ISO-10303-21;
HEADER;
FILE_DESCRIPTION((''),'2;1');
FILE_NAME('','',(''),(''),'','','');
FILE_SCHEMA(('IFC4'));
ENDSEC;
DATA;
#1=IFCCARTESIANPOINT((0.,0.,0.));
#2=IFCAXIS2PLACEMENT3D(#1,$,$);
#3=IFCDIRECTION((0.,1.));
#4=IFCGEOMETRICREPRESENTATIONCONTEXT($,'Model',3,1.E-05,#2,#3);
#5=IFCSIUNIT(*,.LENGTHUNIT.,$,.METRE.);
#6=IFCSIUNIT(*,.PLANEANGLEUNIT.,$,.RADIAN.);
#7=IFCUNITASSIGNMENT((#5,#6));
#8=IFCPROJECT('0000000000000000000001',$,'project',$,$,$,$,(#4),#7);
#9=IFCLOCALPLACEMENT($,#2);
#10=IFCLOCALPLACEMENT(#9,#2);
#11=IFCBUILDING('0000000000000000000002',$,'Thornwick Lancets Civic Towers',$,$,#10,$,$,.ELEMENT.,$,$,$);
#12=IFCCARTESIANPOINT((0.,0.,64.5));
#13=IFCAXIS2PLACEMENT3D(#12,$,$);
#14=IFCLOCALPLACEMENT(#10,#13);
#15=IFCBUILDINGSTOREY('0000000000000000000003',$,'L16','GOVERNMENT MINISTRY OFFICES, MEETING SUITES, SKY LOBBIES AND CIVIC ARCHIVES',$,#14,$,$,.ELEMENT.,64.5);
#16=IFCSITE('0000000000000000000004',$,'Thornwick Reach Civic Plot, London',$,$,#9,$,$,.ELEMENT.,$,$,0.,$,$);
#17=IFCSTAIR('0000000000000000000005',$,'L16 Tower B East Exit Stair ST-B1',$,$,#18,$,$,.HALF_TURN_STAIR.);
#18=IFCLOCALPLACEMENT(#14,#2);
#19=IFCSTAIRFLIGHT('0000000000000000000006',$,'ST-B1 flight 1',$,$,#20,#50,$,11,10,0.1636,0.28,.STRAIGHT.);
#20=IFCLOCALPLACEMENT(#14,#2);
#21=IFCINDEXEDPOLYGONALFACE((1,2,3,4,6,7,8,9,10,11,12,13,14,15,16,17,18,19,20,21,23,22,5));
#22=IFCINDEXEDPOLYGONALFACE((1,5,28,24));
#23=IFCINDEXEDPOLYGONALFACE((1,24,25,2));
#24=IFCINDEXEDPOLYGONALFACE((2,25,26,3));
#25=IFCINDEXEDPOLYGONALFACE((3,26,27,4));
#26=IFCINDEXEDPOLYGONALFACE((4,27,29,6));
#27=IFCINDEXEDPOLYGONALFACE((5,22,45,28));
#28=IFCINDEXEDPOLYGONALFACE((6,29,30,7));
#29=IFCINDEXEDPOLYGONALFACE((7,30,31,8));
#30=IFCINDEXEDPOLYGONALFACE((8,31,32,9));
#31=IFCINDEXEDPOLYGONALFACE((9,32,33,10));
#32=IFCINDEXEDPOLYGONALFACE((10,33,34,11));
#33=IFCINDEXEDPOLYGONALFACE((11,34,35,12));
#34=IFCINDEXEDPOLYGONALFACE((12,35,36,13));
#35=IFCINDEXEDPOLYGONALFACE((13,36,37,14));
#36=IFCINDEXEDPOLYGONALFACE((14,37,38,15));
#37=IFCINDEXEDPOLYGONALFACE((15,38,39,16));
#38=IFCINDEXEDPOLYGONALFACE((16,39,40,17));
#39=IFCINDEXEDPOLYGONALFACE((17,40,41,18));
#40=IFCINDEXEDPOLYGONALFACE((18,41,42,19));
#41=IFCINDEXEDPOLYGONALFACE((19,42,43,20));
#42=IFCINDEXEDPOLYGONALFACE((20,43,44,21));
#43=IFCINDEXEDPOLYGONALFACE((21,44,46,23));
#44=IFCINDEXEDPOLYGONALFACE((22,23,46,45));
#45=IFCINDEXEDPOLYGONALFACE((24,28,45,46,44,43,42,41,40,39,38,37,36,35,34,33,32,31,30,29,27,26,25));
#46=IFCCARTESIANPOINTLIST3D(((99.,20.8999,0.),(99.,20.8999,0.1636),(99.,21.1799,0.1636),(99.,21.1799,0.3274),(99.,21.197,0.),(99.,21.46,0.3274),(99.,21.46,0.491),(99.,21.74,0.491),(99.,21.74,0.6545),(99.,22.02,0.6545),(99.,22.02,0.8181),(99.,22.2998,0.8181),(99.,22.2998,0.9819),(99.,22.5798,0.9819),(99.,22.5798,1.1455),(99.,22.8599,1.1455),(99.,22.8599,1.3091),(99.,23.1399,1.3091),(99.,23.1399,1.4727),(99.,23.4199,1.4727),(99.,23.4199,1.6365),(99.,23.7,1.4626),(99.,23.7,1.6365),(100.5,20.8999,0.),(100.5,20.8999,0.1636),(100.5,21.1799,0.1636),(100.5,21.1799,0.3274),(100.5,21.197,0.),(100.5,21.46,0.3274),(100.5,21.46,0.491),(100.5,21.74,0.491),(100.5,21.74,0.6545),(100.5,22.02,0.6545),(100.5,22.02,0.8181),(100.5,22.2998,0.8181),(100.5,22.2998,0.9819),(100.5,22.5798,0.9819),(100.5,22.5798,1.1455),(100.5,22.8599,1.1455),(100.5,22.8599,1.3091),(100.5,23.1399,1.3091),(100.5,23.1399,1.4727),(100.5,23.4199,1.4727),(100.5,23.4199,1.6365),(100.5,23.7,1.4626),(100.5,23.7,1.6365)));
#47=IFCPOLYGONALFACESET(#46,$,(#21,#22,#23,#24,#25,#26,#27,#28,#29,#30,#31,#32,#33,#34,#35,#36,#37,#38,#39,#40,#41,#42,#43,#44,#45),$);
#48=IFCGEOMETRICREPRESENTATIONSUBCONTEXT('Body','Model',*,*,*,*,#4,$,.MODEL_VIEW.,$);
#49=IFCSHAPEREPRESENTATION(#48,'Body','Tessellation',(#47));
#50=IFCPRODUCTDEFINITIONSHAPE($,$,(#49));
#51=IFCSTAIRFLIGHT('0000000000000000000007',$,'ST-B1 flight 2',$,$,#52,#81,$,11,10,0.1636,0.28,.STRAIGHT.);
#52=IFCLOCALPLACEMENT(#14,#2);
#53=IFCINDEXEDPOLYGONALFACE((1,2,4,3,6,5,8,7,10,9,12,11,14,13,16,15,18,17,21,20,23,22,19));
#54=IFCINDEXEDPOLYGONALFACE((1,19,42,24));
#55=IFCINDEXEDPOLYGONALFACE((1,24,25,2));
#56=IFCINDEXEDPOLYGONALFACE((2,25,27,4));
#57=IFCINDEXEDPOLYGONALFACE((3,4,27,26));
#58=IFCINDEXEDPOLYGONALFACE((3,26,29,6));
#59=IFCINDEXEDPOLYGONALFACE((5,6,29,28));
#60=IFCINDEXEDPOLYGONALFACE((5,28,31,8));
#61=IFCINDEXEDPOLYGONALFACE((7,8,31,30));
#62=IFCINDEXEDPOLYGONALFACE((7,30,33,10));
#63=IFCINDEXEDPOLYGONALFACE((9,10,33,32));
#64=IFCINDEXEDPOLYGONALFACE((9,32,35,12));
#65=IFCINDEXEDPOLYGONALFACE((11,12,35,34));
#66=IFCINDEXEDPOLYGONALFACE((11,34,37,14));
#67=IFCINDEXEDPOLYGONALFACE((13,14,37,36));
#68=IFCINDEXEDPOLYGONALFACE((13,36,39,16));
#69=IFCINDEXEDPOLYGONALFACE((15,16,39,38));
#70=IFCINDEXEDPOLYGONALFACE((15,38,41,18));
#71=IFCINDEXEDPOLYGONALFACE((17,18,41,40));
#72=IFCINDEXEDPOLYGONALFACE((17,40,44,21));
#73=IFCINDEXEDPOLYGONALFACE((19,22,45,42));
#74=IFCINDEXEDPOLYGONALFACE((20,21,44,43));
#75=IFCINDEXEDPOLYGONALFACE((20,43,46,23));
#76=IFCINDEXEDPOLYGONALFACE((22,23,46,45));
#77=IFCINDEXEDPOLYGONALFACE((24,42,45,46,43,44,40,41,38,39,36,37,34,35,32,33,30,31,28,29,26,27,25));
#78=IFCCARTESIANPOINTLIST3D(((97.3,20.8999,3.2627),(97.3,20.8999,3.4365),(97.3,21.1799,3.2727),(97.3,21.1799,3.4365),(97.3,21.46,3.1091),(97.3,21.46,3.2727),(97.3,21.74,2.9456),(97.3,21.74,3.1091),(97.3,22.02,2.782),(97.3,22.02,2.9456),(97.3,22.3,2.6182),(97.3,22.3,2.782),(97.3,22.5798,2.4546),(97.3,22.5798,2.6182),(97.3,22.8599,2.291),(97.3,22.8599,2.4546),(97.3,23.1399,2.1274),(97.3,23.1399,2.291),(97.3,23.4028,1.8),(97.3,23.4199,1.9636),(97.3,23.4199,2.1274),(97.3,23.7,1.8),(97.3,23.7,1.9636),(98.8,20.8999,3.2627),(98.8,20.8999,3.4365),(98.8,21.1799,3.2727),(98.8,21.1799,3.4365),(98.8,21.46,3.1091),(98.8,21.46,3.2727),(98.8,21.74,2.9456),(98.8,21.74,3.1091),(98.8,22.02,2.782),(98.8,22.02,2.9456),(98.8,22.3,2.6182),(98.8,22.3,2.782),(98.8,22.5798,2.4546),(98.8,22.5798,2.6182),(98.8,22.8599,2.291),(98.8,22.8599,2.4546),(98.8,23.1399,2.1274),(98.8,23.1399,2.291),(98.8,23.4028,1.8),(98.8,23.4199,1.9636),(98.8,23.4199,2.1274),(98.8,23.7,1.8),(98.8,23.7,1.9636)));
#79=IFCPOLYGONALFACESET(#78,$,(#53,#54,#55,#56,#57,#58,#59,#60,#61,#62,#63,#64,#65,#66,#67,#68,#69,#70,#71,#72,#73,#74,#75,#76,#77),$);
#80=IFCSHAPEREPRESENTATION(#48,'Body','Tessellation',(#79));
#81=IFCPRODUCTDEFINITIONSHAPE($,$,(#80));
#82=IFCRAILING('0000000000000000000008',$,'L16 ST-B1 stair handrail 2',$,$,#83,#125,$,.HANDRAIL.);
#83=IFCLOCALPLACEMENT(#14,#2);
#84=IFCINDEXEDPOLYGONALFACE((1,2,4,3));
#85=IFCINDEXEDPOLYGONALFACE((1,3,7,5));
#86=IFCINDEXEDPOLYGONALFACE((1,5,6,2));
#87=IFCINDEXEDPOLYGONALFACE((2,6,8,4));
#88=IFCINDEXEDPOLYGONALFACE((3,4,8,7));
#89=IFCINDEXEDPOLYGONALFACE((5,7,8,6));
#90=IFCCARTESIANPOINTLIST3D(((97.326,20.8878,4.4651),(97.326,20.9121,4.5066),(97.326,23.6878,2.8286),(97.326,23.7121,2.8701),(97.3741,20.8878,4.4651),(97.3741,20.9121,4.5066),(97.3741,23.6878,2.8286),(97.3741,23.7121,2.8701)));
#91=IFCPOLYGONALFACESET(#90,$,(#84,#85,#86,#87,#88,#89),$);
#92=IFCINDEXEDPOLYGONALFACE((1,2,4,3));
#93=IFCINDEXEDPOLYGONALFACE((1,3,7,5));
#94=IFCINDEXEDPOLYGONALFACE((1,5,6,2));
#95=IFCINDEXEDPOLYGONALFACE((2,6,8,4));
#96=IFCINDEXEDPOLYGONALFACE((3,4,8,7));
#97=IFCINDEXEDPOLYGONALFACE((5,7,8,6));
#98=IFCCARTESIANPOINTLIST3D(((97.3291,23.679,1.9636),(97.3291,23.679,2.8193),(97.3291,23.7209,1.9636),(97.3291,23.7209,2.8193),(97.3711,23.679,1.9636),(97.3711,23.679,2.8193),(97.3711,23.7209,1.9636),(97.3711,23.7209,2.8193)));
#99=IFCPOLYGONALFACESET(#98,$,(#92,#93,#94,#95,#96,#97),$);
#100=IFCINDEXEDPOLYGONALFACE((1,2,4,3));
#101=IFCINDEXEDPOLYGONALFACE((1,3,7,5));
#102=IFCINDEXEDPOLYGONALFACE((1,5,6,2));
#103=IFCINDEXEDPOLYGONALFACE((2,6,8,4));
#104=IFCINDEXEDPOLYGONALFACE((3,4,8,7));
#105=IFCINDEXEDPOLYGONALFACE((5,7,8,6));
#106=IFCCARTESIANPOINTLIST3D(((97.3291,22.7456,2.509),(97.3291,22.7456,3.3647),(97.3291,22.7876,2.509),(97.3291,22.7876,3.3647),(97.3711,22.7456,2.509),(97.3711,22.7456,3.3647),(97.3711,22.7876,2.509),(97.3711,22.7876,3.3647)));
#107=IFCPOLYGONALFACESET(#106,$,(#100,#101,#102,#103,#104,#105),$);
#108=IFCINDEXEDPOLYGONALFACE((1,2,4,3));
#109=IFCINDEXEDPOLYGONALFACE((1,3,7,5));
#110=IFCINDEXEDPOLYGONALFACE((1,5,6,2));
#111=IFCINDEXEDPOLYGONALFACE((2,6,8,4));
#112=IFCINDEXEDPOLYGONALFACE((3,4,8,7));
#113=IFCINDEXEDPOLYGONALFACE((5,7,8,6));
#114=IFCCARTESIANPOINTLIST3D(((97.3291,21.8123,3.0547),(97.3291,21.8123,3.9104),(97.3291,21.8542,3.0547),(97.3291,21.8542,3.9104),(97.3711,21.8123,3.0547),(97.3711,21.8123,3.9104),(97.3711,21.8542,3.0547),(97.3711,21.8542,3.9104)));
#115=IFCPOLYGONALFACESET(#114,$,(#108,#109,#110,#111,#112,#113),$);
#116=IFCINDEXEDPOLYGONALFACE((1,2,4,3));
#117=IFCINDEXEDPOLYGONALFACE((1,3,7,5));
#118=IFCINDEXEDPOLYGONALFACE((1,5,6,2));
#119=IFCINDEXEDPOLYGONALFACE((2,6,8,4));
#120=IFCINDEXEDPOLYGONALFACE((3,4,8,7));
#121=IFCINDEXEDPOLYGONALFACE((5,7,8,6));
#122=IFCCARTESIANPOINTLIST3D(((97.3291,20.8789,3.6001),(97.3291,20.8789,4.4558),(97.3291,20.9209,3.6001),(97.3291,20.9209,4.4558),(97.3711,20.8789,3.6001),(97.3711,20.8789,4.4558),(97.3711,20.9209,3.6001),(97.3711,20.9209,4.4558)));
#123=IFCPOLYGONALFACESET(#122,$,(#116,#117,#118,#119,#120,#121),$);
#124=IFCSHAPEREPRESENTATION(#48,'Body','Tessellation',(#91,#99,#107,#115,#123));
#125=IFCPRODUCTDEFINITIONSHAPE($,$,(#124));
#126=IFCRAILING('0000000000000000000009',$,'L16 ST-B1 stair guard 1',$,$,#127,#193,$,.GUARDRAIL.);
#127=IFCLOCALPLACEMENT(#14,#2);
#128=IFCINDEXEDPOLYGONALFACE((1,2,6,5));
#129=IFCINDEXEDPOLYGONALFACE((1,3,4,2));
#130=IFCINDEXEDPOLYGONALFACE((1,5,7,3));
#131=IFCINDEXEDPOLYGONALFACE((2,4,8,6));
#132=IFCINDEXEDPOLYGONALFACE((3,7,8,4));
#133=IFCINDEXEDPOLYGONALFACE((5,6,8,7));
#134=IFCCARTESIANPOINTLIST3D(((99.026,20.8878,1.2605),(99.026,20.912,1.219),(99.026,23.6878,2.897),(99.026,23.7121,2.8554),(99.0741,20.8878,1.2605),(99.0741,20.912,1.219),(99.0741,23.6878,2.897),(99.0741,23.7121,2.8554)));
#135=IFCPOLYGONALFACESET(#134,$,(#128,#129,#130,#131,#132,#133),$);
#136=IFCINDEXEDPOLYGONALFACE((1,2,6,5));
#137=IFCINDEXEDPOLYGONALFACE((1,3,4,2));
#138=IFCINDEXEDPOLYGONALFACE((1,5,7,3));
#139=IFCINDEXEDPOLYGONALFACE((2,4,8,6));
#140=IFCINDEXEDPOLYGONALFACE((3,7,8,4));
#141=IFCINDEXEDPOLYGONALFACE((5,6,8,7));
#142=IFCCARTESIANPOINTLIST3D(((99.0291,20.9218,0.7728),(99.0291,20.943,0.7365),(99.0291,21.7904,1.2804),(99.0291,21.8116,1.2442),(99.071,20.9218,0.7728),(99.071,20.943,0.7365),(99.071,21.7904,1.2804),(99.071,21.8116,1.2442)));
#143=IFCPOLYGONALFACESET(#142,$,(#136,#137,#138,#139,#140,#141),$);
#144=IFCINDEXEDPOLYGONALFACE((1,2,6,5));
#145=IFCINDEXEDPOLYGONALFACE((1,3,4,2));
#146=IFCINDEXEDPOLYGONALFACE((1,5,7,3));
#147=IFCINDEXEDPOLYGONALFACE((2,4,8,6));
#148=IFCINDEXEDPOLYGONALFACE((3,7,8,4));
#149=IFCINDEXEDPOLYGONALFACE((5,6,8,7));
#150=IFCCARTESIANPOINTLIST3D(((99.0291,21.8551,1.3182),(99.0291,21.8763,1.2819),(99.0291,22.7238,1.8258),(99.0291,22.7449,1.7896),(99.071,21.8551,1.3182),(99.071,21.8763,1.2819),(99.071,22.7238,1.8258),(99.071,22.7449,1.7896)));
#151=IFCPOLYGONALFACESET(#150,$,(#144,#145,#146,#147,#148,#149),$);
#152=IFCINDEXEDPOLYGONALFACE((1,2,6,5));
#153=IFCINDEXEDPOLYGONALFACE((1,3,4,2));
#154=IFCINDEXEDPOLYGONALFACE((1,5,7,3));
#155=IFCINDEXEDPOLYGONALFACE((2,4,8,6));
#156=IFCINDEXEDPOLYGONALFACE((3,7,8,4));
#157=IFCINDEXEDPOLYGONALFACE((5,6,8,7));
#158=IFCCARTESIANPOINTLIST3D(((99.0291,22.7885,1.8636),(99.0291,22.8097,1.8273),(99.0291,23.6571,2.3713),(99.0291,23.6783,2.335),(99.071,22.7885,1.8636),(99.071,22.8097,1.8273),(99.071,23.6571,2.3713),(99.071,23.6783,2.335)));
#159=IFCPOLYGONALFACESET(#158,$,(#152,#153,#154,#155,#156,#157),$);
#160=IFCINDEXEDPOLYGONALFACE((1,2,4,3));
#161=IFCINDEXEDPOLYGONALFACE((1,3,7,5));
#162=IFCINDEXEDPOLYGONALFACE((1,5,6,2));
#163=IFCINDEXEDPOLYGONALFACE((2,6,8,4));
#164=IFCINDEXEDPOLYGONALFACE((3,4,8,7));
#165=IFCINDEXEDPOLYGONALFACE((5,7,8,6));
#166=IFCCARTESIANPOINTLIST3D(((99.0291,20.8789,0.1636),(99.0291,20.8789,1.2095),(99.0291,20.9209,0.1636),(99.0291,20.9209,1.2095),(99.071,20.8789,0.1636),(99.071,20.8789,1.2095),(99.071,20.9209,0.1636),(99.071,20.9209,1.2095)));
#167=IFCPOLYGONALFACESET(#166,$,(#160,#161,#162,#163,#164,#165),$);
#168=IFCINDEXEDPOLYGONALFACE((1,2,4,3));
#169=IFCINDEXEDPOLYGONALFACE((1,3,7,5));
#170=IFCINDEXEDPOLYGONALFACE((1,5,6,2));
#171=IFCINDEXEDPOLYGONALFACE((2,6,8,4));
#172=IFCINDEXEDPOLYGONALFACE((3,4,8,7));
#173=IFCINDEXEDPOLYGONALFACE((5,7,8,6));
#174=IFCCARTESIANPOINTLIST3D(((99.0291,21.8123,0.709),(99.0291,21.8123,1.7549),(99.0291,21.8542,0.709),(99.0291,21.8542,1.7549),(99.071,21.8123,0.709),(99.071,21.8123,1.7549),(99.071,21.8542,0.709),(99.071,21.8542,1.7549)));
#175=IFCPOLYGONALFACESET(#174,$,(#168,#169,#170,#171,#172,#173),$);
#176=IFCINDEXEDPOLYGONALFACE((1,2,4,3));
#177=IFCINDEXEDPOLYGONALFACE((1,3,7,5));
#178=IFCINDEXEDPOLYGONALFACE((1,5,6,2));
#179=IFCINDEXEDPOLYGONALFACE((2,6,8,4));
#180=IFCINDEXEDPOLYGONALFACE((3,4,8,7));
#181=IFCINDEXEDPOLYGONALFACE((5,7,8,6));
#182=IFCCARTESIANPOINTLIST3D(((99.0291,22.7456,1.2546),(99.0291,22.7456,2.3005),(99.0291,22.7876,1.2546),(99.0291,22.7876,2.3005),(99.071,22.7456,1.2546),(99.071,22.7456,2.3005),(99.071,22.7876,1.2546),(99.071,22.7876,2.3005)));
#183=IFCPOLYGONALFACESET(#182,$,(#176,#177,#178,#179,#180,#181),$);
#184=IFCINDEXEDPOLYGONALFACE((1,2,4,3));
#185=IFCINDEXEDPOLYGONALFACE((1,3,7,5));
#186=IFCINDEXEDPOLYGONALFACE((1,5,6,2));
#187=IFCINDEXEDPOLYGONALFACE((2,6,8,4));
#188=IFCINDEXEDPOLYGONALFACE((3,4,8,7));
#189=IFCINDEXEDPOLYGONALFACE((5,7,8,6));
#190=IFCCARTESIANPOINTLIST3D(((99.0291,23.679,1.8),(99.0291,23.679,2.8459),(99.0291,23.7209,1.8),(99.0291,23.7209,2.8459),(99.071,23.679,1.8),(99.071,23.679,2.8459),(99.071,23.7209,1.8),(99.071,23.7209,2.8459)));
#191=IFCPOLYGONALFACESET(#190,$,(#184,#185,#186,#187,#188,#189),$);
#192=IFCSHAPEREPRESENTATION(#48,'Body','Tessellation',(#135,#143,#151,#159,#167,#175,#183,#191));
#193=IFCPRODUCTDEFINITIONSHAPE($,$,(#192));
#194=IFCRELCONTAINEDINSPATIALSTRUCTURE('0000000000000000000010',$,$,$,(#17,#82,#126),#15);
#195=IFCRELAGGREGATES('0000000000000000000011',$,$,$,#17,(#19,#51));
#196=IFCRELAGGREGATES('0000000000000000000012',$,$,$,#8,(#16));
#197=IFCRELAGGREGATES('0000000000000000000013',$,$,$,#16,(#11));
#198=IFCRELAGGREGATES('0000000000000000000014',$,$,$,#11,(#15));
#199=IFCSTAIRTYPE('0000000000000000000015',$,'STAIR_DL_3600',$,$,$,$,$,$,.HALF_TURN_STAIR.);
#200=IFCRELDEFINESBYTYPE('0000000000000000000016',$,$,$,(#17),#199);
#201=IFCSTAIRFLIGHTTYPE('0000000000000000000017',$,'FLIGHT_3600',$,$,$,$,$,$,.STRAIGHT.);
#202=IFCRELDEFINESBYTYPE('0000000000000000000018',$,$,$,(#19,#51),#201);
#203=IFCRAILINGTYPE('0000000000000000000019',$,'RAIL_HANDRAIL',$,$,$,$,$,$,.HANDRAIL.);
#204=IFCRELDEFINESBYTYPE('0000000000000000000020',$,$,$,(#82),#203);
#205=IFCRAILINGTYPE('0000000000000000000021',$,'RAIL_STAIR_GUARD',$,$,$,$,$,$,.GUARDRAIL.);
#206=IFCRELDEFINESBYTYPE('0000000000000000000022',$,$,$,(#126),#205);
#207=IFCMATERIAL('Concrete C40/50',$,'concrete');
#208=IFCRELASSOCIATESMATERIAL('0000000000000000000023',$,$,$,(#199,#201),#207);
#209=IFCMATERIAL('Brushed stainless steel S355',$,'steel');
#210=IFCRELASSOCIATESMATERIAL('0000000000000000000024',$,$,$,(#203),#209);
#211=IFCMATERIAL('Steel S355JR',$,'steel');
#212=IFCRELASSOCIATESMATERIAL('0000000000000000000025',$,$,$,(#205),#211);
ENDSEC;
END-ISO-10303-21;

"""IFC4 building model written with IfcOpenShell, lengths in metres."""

from ifc_helpers import new_model, si_unit, direction, frame, origin, origin_2d, place, context, subcontext, project, spatial, polyline, rectangle, outline, extrude, material, type_object, element, aggregate, save


model = new_model("IFC4")

# Units and contexts
model_context = context("Model", 3, precision=1e-05, world=origin(), true_north=direction((0.0, 1.0)))
body_context = subcontext(model_context, "Body", "Model", "MODEL_VIEW")
ifc_project = project(units=[si_unit("LENGTHUNIT", "METRE"), si_unit("PLANEANGLEUNIT", "RADIAN")], contexts=[model_context])

# Site, building, storey
site_placement = place(None, origin())
site = spatial("IfcSite", under=ifc_project, at=site_placement, Name="Thornwick Reach Civic Plot, London", CompositionType="ELEMENT", RefElevation=0.0)
building_placement = place(site_placement, origin())
building = spatial("IfcBuilding", under=site, at=building_placement, Name="Thornwick Lancets Civic Towers", CompositionType="ELEMENT")
storey_placement = place(building_placement, frame((0.0, 0.0, 64.5)))
storey = spatial("IfcBuildingStorey", under=building, at=storey_placement, Name="L16", Description="GOVERNMENT MINISTRY OFFICES, MEETING SUITES, SKY LOBBIES AND CIVIC ARCHIVES", CompositionType="ELEMENT", Elevation=64.5)

# Shared definitions
ifc_material_1 = material(Name="Concrete C40/50", Category="concrete")

# Stair, stair flights
stair_type = type_object("IfcStairType", Name="STAIR_DL_3600", PredefinedType="HALF_TURN_STAIR", material=ifc_material_1)
stair_placement = place(storey_placement, origin())
stair = element("IfcStair", 1, at=stair_placement, inside=storey, type_object=stair_type, Name="L16 Tower B East Exit Stair ST-B1", PredefinedType="HALF_TURN_STAIR")
stair_flight_type = type_object("IfcStairFlightType", Name="FLIGHT_3600", PredefinedType="STRAIGHT", material=ifc_material_1)
stair_flight_1_placement = place(storey_placement, frame((99.75, 20.8999, 0.0), z_axis=(0.0, 0.0, 1.0), x_axis=(0.0, 1.0, 0.0)))
stair_flight_1 = element("IfcStairFlight", 2, at=stair_flight_1_placement, type_object=stair_flight_type, Name="ST-B1 flight 1", NumberOfRisers=11, NumberOfTreads=10, PredefinedType="STRAIGHT", RiserHeight=0.1636, TreadLength=0.28, context=body_context, shape_type="SweptSolid", body=[
    extrude(outline(polyline([(0.0, 0.0), (0.0, 0.1636), (0.28, 0.1636), (0.28, 0.3274), (0.5601, 0.3274), (0.5601, 0.491), (0.8401, 0.491), (0.8401, 0.6545), (1.1201, 0.6545), (1.1201, 0.8181), (1.3999, 0.8181), (1.3999, 0.9819), (1.6799, 0.9819), (1.6799, 1.1455), (1.96, 1.1455), (1.96, 1.3091), (2.24, 1.3091), (2.24, 1.4727), (2.52, 1.4727), (2.52, 1.6365), (2.8, 1.6365), (2.8, 1.8), (2.8, 1.4626), (0.2971, 0.0), (0.0, 0.0)])), frame((0.0, 0.75, 0.0), z_axis=(0.0, -1.0, 0.0), x_axis=(1.0, 0.0, 0.0)), (0.0, 0.0, 1.0), 1.5),
])
stair_flight_2_placement = place(storey_placement, frame((98.05, 23.7, 1.8), z_axis=(0.0, 0.0, 1.0), x_axis=(0.0, -1.0, 0.0)))
stair_flight_2 = element("IfcStairFlight", 3, at=stair_flight_2_placement, type_object=stair_flight_type, Name="ST-B1 flight 2", NumberOfRisers=11, NumberOfTreads=10, PredefinedType="STRAIGHT", RiserHeight=0.1636, TreadLength=0.28, context=body_context, shape_type="SweptSolid", body=[
    extrude(outline(polyline([(0.0, 0.0), (0.0, 0.1636), (0.28, 0.1636), (0.28, 0.3274), (0.5601, 0.3274), (0.5601, 0.491), (0.8401, 0.491), (0.8401, 0.6545), (1.1201, 0.6545), (1.1201, 0.8181), (1.3999, 0.8181), (1.3999, 0.9819), (1.6799, 0.9819), (1.6799, 1.1455), (1.96, 1.1455), (1.96, 1.3091), (2.24, 1.3091), (2.24, 1.4727), (2.52, 1.4727), (2.52, 1.6365), (2.8, 1.6365), (2.8, 1.8), (2.8, 1.4626), (0.2971, 0.0), (0.0, 0.0)])), frame((0.0, 0.75, 0.0), z_axis=(0.0, -1.0, 0.0), x_axis=(1.0, 0.0, 0.0)), (0.0, 0.0, 1.0), 1.5),
])
aggregate(stair, [stair_flight_1, stair_flight_2])

# Railings
ifc_material_2 = material(Name="Brushed stainless steel S355", Category="steel")
railing_type_1 = type_object("IfcRailingType", Name="RAIL_HANDRAIL", PredefinedType="HANDRAIL", material=ifc_material_2)
railing_1_placement = place(storey_placement, frame((97.3501, 23.7, 1.9636)))
element("IfcRailing", 4, at=railing_1_placement, inside=storey, type_object=railing_type_1, Name="L16 ST-B1 stair handrail 2", PredefinedType="HANDRAIL", context=body_context, shape_type="SweptSolid", body=[
    extrude(rectangle(XDim=0.0481, YDim=0.0481, at=origin_2d()), frame((0.0, 0.0, 0.8857), z_axis=(0.0, -0.863361, 0.504587), x_axis=(1.0, 0.0, 0.0)), (0.0, 0.0, 1.0), 3.2432),
    extrude(rectangle(XDim=0.042, YDim=0.042, at=origin_2d()), origin(), (0.0, 0.0, 1.0), 0.8557),
    extrude(rectangle(XDim=0.042, YDim=0.042, at=origin_2d()), frame((0.0, -0.9333, 0.5454)), (0.0, 0.0, 1.0), 0.8557),
    extrude(rectangle(XDim=0.042, YDim=0.042, at=origin_2d()), frame((0.0, -1.8667, 1.0911)), (0.0, 0.0, 1.0), 0.8557),
    extrude(rectangle(XDim=0.042, YDim=0.042, at=origin_2d()), frame((0.0, -2.8, 1.6365)), (0.0, 0.0, 1.0), 0.8557),
])
ifc_material_3 = material(Name="Steel S355JR", Category="steel")
railing_type_2 = type_object("IfcRailingType", Name="RAIL_STAIR_GUARD", PredefinedType="GUARDRAIL", material=ifc_material_3)
railing_2_placement = place(storey_placement, frame((99.05, 20.8999, 0.1636)))
element("IfcRailing", 5, at=railing_2_placement, inside=storey, type_object=railing_type_2, Name="L16 ST-B1 stair guard 1", PredefinedType="GUARDRAIL", context=body_context, shape_type="SweptSolid", body=[
    extrude(rectangle(XDim=0.0481, YDim=0.0481, at=origin_2d()), frame((0.0, 0.0, 1.0762), z_axis=(0.0, 0.863361, 0.504587), x_axis=(-1.0, 0.0, 0.0)), (0.0, 0.0, 1.0), 3.2432),
    extrude(rectangle(XDim=0.042, YDim=0.042, at=origin_2d()), frame((0.0, 0.0325, 0.5911), z_axis=(0.0, 0.863361, 0.504587), x_axis=(-1.0, 0.0, 0.0)), (0.0, 0.0, 1.0), 1.0061),
    extrude(rectangle(XDim=0.042, YDim=0.042, at=origin_2d()), frame((0.0, 0.9658, 1.1365), z_axis=(0.0, 0.863361, 0.504587), x_axis=(-1.0, 0.0, 0.0)), (0.0, 0.0, 1.0), 1.0061),
    extrude(rectangle(XDim=0.042, YDim=0.042, at=origin_2d()), frame((0.0, 1.8992, 1.6819), z_axis=(0.0, 0.863361, 0.504587), x_axis=(-1.0, 0.0, 0.0)), (0.0, 0.0, 1.0), 1.0061),
    extrude(rectangle(XDim=0.042, YDim=0.042, at=origin_2d()), origin(), (0.0, 0.0, 1.0), 1.0459),
    extrude(rectangle(XDim=0.042, YDim=0.042, at=origin_2d()), frame((0.0, 0.9333, 0.5454)), (0.0, 0.0, 1.0), 1.0459),
    extrude(rectangle(XDim=0.042, YDim=0.042, at=origin_2d()), frame((0.0, 1.8667, 1.0911)), (0.0, 0.0, 1.0), 1.0459),
    extrude(rectangle(XDim=0.042, YDim=0.042, at=origin_2d()), frame((0.0, 2.8, 1.6365)), (0.0, 0.0, 1.0), 1.0459),
])

save(model, "model.ifc")
